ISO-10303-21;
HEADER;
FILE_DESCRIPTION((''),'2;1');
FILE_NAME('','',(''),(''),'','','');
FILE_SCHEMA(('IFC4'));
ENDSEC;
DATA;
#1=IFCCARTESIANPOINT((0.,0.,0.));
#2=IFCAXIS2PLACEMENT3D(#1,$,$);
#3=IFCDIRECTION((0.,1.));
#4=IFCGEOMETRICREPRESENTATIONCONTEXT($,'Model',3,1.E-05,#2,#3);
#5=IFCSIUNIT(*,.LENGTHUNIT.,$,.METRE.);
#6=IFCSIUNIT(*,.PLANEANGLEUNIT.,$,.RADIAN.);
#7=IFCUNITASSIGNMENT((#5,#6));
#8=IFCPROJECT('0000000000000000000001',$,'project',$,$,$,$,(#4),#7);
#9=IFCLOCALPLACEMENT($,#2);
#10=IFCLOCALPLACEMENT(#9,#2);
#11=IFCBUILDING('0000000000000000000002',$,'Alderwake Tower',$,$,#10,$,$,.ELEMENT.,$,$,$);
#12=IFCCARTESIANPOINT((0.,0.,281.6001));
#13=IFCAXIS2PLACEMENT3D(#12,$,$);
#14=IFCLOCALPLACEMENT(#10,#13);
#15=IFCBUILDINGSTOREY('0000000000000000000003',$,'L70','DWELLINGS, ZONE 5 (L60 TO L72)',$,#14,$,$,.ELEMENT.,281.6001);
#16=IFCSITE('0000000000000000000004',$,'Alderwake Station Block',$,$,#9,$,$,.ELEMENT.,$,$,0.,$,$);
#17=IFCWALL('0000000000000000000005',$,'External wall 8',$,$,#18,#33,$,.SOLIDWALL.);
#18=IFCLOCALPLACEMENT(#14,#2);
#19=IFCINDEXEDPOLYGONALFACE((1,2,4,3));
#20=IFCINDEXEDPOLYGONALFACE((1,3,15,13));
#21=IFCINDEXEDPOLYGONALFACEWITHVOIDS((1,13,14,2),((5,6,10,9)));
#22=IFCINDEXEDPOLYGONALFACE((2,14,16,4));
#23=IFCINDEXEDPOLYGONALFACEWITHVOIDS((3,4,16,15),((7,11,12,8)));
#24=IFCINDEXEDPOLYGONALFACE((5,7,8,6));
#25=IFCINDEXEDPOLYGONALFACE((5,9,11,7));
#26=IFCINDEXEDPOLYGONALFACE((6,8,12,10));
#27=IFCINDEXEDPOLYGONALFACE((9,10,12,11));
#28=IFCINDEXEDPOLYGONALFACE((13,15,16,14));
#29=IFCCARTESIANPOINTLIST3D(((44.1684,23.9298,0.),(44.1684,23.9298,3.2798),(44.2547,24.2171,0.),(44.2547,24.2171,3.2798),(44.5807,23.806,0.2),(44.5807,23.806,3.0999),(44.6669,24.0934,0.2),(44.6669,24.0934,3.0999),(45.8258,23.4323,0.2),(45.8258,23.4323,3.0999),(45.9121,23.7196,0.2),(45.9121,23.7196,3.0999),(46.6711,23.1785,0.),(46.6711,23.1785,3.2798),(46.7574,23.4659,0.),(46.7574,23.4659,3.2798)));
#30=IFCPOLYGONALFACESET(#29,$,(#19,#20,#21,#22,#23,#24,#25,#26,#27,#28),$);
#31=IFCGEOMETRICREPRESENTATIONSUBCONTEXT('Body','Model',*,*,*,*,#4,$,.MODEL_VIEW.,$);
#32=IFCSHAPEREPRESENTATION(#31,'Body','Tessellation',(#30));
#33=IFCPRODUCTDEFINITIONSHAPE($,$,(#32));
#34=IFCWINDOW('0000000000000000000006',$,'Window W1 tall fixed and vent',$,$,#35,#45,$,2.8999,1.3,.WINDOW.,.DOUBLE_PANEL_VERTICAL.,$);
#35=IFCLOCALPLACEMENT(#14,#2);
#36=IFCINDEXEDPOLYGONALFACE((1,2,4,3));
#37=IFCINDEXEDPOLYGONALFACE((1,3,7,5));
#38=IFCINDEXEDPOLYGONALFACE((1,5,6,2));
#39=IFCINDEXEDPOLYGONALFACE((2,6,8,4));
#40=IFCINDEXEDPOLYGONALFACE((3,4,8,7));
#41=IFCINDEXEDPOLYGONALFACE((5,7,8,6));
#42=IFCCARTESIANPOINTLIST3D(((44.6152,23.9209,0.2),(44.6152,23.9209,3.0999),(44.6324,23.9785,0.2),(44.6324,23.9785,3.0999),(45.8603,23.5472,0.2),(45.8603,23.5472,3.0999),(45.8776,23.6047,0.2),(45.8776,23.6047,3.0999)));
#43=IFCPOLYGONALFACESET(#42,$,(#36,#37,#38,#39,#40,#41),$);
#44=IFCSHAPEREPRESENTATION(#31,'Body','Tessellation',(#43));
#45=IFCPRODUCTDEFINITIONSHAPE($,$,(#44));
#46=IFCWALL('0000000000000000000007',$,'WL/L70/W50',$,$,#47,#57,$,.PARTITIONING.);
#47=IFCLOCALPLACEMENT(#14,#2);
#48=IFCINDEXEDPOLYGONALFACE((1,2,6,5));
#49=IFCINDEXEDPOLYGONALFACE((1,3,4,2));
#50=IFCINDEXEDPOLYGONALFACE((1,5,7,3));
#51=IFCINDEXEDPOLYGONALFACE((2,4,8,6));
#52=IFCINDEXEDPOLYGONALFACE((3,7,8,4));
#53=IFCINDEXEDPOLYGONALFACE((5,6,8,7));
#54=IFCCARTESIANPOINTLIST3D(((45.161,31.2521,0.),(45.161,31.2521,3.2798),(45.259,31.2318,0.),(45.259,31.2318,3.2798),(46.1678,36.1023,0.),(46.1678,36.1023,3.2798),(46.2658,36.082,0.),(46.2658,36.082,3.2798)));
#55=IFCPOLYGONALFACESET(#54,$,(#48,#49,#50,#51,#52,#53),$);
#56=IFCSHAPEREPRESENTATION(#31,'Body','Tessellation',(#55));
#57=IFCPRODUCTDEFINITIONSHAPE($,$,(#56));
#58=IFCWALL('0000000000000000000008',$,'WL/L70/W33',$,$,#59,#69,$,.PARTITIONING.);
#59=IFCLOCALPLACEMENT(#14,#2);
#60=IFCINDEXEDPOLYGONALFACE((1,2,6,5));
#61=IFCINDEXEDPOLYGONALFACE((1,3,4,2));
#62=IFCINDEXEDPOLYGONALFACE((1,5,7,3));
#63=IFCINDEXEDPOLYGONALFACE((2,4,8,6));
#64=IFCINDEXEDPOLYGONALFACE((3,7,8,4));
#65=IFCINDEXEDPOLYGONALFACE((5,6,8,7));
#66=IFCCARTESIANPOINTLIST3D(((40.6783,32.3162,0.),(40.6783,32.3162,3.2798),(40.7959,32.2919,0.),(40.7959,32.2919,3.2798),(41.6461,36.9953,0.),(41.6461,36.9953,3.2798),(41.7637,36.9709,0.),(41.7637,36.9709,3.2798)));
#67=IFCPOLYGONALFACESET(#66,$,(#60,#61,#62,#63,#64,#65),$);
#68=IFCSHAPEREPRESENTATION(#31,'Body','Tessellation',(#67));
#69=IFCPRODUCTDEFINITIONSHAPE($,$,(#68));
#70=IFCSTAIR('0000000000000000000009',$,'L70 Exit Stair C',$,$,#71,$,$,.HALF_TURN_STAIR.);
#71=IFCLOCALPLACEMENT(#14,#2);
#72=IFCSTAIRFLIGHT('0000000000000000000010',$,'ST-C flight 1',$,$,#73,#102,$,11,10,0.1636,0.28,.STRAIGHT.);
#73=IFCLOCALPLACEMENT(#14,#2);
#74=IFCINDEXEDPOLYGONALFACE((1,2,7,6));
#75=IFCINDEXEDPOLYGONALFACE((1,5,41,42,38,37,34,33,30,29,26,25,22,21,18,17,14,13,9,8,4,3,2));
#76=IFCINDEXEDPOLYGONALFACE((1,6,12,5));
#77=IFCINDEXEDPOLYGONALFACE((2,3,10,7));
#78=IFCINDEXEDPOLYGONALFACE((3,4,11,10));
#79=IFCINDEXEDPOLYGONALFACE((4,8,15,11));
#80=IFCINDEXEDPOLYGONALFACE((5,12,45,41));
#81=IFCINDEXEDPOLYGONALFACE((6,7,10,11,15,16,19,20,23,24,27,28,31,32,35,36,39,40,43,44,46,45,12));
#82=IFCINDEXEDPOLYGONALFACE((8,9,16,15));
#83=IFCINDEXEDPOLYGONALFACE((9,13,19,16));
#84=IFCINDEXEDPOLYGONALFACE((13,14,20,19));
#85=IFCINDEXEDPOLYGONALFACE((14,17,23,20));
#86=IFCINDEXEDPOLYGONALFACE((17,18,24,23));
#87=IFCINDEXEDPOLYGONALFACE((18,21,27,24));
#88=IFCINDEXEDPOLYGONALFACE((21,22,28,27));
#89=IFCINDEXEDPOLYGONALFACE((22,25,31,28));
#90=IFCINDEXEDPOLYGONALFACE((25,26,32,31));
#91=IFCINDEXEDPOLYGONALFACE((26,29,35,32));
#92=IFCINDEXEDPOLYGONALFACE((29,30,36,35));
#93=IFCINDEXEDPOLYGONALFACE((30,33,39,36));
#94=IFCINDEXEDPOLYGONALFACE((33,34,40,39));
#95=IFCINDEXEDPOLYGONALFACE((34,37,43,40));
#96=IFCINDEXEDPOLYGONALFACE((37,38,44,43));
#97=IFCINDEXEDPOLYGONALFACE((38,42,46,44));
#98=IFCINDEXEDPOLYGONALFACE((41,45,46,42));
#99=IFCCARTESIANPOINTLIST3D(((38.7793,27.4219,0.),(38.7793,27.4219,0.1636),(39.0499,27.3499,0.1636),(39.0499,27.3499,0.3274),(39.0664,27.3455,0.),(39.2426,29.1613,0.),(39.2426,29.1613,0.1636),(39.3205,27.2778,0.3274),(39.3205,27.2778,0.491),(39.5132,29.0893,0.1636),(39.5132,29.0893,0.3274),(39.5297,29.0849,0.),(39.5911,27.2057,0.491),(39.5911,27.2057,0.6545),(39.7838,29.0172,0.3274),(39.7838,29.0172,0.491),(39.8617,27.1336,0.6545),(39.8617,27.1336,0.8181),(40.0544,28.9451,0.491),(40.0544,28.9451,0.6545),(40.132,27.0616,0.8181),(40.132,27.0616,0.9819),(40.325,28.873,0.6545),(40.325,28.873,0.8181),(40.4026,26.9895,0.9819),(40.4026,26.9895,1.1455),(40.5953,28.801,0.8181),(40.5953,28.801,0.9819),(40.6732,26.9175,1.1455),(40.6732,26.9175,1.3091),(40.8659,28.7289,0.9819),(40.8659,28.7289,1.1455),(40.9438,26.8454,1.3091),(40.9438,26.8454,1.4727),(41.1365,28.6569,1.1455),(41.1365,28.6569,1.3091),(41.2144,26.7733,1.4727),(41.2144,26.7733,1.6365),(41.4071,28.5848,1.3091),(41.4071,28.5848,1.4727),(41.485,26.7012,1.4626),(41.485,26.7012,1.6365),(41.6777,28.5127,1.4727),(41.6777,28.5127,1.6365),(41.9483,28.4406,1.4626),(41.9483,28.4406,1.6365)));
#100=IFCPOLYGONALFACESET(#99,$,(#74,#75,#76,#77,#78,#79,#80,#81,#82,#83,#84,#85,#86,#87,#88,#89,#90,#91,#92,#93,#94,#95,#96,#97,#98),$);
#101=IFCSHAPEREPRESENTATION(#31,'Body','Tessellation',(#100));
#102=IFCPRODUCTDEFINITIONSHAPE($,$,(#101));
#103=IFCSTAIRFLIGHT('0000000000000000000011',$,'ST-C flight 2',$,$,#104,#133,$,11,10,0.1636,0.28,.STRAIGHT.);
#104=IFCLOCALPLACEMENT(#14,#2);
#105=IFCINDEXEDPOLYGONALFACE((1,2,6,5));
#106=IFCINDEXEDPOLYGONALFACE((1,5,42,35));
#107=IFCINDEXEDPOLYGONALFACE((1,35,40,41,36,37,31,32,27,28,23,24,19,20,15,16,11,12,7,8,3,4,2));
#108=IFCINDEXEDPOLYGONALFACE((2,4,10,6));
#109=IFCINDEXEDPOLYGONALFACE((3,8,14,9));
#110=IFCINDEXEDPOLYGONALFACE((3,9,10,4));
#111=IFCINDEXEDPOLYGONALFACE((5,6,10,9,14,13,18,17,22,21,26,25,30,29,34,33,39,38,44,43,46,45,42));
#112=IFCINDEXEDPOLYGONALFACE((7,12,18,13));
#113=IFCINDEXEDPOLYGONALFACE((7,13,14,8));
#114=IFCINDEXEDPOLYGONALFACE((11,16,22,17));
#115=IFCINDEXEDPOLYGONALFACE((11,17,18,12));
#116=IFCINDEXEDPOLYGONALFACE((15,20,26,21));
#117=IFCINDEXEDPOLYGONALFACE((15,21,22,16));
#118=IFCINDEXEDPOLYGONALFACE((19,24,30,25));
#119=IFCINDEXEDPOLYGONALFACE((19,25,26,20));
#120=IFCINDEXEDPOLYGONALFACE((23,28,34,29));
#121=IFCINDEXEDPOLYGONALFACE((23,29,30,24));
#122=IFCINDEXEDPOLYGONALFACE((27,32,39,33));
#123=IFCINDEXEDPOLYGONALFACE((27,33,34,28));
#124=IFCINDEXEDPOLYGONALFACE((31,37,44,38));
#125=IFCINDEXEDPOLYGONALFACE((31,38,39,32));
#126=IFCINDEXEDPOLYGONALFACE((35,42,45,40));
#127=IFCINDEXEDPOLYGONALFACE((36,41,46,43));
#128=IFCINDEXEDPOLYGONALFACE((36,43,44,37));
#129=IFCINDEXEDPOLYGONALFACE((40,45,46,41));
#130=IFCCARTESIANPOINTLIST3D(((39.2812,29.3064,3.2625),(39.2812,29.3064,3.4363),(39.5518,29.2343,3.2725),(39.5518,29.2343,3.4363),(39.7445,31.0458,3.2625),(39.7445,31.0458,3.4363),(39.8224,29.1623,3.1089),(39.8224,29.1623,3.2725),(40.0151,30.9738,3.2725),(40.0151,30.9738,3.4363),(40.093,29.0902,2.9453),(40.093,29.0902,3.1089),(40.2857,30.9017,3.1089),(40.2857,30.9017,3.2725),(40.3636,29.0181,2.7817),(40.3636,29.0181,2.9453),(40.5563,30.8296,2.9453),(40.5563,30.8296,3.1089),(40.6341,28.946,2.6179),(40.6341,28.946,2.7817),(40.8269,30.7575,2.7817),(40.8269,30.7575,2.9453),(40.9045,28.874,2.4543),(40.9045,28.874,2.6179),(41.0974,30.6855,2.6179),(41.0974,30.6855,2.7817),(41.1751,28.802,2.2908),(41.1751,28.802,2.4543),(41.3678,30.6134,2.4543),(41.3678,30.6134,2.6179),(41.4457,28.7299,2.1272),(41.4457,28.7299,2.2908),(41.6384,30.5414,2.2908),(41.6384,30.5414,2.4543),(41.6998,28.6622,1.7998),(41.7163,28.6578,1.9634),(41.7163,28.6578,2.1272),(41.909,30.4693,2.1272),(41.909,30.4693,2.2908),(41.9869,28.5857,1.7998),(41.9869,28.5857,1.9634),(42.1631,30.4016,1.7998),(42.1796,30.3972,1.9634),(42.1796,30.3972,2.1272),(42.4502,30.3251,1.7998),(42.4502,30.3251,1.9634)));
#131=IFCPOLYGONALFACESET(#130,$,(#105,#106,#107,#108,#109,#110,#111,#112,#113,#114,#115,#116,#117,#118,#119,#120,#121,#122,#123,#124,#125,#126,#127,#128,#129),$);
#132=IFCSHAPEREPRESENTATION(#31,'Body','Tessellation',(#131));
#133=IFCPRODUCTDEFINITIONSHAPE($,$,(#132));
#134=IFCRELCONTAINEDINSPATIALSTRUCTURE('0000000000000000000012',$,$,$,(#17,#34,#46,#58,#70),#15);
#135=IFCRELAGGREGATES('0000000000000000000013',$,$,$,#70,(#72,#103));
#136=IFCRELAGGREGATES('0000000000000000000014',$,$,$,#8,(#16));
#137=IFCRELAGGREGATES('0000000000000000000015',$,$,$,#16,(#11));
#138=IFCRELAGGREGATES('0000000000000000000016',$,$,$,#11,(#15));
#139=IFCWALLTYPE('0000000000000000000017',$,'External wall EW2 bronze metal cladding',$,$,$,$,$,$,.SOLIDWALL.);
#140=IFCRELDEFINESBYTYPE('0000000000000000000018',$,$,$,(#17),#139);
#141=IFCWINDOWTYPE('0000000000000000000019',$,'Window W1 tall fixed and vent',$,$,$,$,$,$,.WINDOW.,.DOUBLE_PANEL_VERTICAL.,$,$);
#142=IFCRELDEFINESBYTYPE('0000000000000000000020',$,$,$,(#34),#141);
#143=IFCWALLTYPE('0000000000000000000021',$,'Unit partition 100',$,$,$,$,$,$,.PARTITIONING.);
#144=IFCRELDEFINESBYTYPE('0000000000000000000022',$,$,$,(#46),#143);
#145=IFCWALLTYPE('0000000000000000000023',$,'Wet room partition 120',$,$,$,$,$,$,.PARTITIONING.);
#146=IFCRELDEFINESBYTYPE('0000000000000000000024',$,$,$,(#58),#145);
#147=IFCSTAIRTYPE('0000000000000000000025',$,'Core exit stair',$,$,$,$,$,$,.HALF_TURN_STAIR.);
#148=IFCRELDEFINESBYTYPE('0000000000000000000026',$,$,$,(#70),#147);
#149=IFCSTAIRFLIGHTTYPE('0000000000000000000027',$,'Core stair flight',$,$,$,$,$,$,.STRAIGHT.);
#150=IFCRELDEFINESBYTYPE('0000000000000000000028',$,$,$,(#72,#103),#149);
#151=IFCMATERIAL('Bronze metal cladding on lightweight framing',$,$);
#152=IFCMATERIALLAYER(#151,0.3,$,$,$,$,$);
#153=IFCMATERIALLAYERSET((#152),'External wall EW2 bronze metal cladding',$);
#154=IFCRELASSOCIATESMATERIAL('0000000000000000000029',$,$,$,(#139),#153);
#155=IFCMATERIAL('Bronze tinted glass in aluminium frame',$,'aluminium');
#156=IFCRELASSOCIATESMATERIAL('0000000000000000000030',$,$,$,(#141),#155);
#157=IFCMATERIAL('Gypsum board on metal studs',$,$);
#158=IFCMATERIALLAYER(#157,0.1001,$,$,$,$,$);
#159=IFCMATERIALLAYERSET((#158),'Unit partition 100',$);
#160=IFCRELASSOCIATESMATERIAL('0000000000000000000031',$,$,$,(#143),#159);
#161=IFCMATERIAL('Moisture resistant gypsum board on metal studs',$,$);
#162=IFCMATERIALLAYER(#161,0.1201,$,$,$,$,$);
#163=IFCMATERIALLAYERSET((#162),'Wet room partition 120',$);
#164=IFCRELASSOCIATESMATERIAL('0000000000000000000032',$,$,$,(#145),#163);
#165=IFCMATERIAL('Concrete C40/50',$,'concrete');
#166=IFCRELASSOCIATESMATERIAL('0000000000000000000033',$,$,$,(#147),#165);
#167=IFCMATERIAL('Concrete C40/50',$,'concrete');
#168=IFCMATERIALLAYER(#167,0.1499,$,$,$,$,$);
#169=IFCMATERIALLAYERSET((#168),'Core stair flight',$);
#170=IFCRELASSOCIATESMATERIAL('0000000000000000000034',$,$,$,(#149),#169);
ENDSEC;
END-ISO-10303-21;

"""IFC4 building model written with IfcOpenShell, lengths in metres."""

from ifc_helpers import new_model, si_unit, direction, frame, frame_2d, origin, place, context, subcontext, project, spatial, polyline, rectangle, outline, extrude, material, layer, layer_set, type_object, element, fill, aggregate, save


model = new_model("IFC4")

# Units and contexts
model_context = context("Model", 3, precision=1e-05, world=origin(), true_north=direction((0.0, 1.0)))
body_context = subcontext(model_context, "Body", "Model", "MODEL_VIEW")
ifc_project = project(units=[si_unit("LENGTHUNIT", "METRE"), si_unit("PLANEANGLEUNIT", "RADIAN")], contexts=[model_context])

# Site, building, storey
site_placement = place(None, origin())
site = spatial("IfcSite", under=ifc_project, at=site_placement, Name="Alderwake Station Block", CompositionType="ELEMENT", RefElevation=0.0)
building_placement = place(site_placement, origin())
building = spatial("IfcBuilding", under=site, at=building_placement, Name="Alderwake Tower", CompositionType="ELEMENT")
storey_placement = place(building_placement, frame((0.0, 0.0, 281.6001)))
storey = spatial("IfcBuildingStorey", under=building, at=storey_placement, Name="L70", Description="DWELLINGS, ZONE 5 (L60 TO L72)", CompositionType="ELEMENT", Elevation=281.6001)

# Shared definitions
ifc_material_1 = material(Name="Bronze metal cladding on lightweight framing")
ifc_layer_1 = layer(ifc_material_1, 0.3)
ifc_layer_set_1 = layer_set([ifc_layer_1], Name="External wall EW2 bronze metal cladding")
wall_type_1 = type_object("IfcWallType", Name="External wall EW2 bronze metal cladding", PredefinedType="SOLIDWALL", material=ifc_layer_set_1)
ifc_material_2 = material(Name="Bronze tinted glass in aluminium frame", Category="aluminium")
window_type = type_object("IfcWindowType", Name="Window W1 tall fixed and vent", PartitioningType="DOUBLE_PANEL_VERTICAL", PredefinedType="WINDOW", material=ifc_material_2)

# Wall, opening, window
wall_1_placement = place(storey_placement, frame((44.2114, 24.0735, 0.0), z_axis=(0.0, 0.0, 1.0), x_axis=(0.957783, -0.287494, 0.0)))
wall_1 = element("IfcWall", 1, at=wall_1_placement, inside=storey, type_object=wall_type_1, Name="External wall 8", PredefinedType="SOLIDWALL", context=body_context, shape_type="SweptSolid", body=[
    extrude(rectangle(XDim=2.613, YDim=0.3, at=frame_2d((1.3066, 0.0))), origin(), (0.0, 0.0, 1.0), 3.2798),
])
opening_1_placement = place(wall_1_placement, frame((0.4307, 0.0, 0.2)))
opening_1 = element("IfcOpeningElement", 2, at=opening_1_placement, cuts=wall_1, PredefinedType="OPENING", context=body_context, shape_type="SweptSolid", body=[
    extrude(rectangle(XDim=1.3, YDim=2.8999, at=frame_2d((0.6499, 1.45))), frame((0.0, 0.1599, 0.0), z_axis=(0.0, -1.0, 0.0), x_axis=(1.0, 0.0, 0.0)), (0.0, 0.0, 1.0), 0.3201),
])
window_1_placement = place(opening_1_placement, origin())
window_1 = element("IfcWindow", 3, at=window_1_placement, inside=storey, type_object=window_type, Name="Window W1 tall fixed and vent", OverallHeight=2.8999, OverallWidth=1.3, PartitioningType="DOUBLE_PANEL_VERTICAL", PredefinedType="WINDOW", context=body_context, shape_type="SweptSolid", body=[
    extrude(rectangle(XDim=1.3, YDim=2.8999, at=frame_2d((0.6499, 1.45))), frame((0.0, 0.03, 0.0), z_axis=(0.0, -1.0, 0.0), x_axis=(1.0, 0.0, 0.0)), (0.0, 0.0, 1.0), 0.0601),
])
fill(opening_1, window_1)

# Walls
ifc_material_3 = material(Name="Gypsum board on metal studs")
ifc_layer_2 = layer(ifc_material_3, 0.1001)
ifc_layer_set_2 = layer_set([ifc_layer_2], Name="Unit partition 100")
wall_type_2 = type_object("IfcWallType", Name="Unit partition 100", PredefinedType="PARTITIONING", material=ifc_layer_set_2)
wall_2_placement = place(storey_placement, frame((45.21, 31.2419, 0.0), z_axis=(0.0, 0.0, 1.0), x_axis=(0.203257, 0.979125, 0.0)))
element("IfcWall", 4, at=wall_2_placement, inside=storey, type_object=wall_type_2, Name="WL/L70/W50", PredefinedType="PARTITIONING", context=body_context, shape_type="SweptSolid", body=[
    extrude(rectangle(XDim=4.9536, YDim=0.1001, at=frame_2d((2.4768, 0.0))), origin(), (0.0, 0.0, 1.0), 3.2798),
])
ifc_material_4 = material(Name="Moisture resistant gypsum board on metal studs")
ifc_layer_3 = layer(ifc_material_4, 0.1201)
ifc_layer_set_3 = layer_set([ifc_layer_3], Name="Wet room partition 120")
wall_type_3 = type_object("IfcWallType", Name="Wet room partition 120", PredefinedType="PARTITIONING", material=ifc_layer_set_3)
wall_3_placement = place(storey_placement, frame((40.7371, 32.304, 0.0), z_axis=(0.0, 0.0, 1.0), x_axis=(0.202548, 0.979272, 0.0)))
element("IfcWall", 5, at=wall_3_placement, inside=storey, type_object=wall_type_3, Name="WL/L70/W33", PredefinedType="PARTITIONING", context=body_context, shape_type="SweptSolid", body=[
    extrude(rectangle(XDim=4.7781, YDim=0.1201, at=frame_2d((2.3892, 0.0))), origin(), (0.0, 0.0, 1.0), 3.2798),
])

# Stair, stair flights
ifc_material_5 = material(Name="Concrete C40/50", Category="concrete")
stair_type = type_object("IfcStairType", Name="Core exit stair", PredefinedType="HALF_TURN_STAIR", material=ifc_material_5)
stair_placement = place(storey_placement, origin())
stair = element("IfcStair", 6, at=stair_placement, inside=storey, type_object=stair_type, Name="L70 Exit Stair C", PredefinedType="HALF_TURN_STAIR")
ifc_material_6 = material(Name="Concrete C40/50", Category="concrete")
ifc_layer_4 = layer(ifc_material_6, 0.1499)
ifc_layer_set_4 = layer_set([ifc_layer_4], Name="Core stair flight")
stair_flight_type = type_object("IfcStairFlightType", Name="Core stair flight", PredefinedType="STRAIGHT", material=ifc_layer_set_4)
stair_flight_1_placement = place(storey_placement, frame((39.011, 28.2917, 0.0), z_axis=(0.0, 0.0, 1.0), x_axis=(0.96631, -0.257382, 0.0)))
stair_flight_1 = element("IfcStairFlight", 7, at=stair_flight_1_placement, type_object=stair_flight_type, Name="ST-C flight 1", NumberOfRisers=11, NumberOfTreads=10, PredefinedType="STRAIGHT", RiserHeight=0.1636, TreadLength=0.28, context=body_context, shape_type="SweptSolid", body=[
    extrude(outline(polyline([(0.0, 0.0), (0.0, 0.1636), (0.28, 0.1636), (0.28, 0.3274), (0.5601, 0.3274), (0.5601, 0.491), (0.8401, 0.491), (0.8401, 0.6545), (1.1201, 0.6545), (1.1201, 0.8181), (1.3999, 0.8181), (1.3999, 0.9819), (1.6799, 0.9819), (1.6799, 1.1455), (1.96, 1.1455), (1.96, 1.3091), (2.24, 1.3091), (2.24, 1.4727), (2.52, 1.4727), (2.52, 1.6365), (2.8, 1.6365), (2.8, 1.8), (2.8, 1.4626), (0.2971, 0.0), (0.0, 0.0)])), frame((0.0, 0.8999, 0.0), z_axis=(0.0, -1.0, 0.0), x_axis=(1.0, 0.0, 0.0)), (0.0, 0.0, 1.0), 1.8),
])
stair_flight_2_placement = place(storey_placement, frame((42.2185, 29.4553, 1.7998), z_axis=(0.0, 0.0, 1.0), x_axis=(-0.96631, 0.257382, 0.0)))
stair_flight_2 = element("IfcStairFlight", 8, at=stair_flight_2_placement, type_object=stair_flight_type, Name="ST-C flight 2", NumberOfRisers=11, NumberOfTreads=10, PredefinedType="STRAIGHT", RiserHeight=0.1636, TreadLength=0.28, context=body_context, shape_type="SweptSolid", body=[
    extrude(outline(polyline([(0.0, 0.0), (0.0, 0.1636), (0.28, 0.1636), (0.28, 0.3274), (0.5601, 0.3274), (0.5601, 0.491), (0.8401, 0.491), (0.8401, 0.6545), (1.1201, 0.6545), (1.1201, 0.8181), (1.3999, 0.8181), (1.3999, 0.9819), (1.6799, 0.9819), (1.6799, 1.1455), (1.96, 1.1455), (1.96, 1.3091), (2.24, 1.3091), (2.24, 1.4727), (2.52, 1.4727), (2.52, 1.6365), (2.8, 1.6365), (2.8, 1.8), (2.8, 1.4626), (0.2971, 0.0), (0.0, 0.0)])), frame((0.0, 0.8999, 0.0), z_axis=(0.0, -1.0, 0.0), x_axis=(1.0, 0.0, 0.0)), (0.0, 0.0, 1.0), 1.8),
])
aggregate(stair, [stair_flight_1, stair_flight_2])

save(model, "model.ifc")
